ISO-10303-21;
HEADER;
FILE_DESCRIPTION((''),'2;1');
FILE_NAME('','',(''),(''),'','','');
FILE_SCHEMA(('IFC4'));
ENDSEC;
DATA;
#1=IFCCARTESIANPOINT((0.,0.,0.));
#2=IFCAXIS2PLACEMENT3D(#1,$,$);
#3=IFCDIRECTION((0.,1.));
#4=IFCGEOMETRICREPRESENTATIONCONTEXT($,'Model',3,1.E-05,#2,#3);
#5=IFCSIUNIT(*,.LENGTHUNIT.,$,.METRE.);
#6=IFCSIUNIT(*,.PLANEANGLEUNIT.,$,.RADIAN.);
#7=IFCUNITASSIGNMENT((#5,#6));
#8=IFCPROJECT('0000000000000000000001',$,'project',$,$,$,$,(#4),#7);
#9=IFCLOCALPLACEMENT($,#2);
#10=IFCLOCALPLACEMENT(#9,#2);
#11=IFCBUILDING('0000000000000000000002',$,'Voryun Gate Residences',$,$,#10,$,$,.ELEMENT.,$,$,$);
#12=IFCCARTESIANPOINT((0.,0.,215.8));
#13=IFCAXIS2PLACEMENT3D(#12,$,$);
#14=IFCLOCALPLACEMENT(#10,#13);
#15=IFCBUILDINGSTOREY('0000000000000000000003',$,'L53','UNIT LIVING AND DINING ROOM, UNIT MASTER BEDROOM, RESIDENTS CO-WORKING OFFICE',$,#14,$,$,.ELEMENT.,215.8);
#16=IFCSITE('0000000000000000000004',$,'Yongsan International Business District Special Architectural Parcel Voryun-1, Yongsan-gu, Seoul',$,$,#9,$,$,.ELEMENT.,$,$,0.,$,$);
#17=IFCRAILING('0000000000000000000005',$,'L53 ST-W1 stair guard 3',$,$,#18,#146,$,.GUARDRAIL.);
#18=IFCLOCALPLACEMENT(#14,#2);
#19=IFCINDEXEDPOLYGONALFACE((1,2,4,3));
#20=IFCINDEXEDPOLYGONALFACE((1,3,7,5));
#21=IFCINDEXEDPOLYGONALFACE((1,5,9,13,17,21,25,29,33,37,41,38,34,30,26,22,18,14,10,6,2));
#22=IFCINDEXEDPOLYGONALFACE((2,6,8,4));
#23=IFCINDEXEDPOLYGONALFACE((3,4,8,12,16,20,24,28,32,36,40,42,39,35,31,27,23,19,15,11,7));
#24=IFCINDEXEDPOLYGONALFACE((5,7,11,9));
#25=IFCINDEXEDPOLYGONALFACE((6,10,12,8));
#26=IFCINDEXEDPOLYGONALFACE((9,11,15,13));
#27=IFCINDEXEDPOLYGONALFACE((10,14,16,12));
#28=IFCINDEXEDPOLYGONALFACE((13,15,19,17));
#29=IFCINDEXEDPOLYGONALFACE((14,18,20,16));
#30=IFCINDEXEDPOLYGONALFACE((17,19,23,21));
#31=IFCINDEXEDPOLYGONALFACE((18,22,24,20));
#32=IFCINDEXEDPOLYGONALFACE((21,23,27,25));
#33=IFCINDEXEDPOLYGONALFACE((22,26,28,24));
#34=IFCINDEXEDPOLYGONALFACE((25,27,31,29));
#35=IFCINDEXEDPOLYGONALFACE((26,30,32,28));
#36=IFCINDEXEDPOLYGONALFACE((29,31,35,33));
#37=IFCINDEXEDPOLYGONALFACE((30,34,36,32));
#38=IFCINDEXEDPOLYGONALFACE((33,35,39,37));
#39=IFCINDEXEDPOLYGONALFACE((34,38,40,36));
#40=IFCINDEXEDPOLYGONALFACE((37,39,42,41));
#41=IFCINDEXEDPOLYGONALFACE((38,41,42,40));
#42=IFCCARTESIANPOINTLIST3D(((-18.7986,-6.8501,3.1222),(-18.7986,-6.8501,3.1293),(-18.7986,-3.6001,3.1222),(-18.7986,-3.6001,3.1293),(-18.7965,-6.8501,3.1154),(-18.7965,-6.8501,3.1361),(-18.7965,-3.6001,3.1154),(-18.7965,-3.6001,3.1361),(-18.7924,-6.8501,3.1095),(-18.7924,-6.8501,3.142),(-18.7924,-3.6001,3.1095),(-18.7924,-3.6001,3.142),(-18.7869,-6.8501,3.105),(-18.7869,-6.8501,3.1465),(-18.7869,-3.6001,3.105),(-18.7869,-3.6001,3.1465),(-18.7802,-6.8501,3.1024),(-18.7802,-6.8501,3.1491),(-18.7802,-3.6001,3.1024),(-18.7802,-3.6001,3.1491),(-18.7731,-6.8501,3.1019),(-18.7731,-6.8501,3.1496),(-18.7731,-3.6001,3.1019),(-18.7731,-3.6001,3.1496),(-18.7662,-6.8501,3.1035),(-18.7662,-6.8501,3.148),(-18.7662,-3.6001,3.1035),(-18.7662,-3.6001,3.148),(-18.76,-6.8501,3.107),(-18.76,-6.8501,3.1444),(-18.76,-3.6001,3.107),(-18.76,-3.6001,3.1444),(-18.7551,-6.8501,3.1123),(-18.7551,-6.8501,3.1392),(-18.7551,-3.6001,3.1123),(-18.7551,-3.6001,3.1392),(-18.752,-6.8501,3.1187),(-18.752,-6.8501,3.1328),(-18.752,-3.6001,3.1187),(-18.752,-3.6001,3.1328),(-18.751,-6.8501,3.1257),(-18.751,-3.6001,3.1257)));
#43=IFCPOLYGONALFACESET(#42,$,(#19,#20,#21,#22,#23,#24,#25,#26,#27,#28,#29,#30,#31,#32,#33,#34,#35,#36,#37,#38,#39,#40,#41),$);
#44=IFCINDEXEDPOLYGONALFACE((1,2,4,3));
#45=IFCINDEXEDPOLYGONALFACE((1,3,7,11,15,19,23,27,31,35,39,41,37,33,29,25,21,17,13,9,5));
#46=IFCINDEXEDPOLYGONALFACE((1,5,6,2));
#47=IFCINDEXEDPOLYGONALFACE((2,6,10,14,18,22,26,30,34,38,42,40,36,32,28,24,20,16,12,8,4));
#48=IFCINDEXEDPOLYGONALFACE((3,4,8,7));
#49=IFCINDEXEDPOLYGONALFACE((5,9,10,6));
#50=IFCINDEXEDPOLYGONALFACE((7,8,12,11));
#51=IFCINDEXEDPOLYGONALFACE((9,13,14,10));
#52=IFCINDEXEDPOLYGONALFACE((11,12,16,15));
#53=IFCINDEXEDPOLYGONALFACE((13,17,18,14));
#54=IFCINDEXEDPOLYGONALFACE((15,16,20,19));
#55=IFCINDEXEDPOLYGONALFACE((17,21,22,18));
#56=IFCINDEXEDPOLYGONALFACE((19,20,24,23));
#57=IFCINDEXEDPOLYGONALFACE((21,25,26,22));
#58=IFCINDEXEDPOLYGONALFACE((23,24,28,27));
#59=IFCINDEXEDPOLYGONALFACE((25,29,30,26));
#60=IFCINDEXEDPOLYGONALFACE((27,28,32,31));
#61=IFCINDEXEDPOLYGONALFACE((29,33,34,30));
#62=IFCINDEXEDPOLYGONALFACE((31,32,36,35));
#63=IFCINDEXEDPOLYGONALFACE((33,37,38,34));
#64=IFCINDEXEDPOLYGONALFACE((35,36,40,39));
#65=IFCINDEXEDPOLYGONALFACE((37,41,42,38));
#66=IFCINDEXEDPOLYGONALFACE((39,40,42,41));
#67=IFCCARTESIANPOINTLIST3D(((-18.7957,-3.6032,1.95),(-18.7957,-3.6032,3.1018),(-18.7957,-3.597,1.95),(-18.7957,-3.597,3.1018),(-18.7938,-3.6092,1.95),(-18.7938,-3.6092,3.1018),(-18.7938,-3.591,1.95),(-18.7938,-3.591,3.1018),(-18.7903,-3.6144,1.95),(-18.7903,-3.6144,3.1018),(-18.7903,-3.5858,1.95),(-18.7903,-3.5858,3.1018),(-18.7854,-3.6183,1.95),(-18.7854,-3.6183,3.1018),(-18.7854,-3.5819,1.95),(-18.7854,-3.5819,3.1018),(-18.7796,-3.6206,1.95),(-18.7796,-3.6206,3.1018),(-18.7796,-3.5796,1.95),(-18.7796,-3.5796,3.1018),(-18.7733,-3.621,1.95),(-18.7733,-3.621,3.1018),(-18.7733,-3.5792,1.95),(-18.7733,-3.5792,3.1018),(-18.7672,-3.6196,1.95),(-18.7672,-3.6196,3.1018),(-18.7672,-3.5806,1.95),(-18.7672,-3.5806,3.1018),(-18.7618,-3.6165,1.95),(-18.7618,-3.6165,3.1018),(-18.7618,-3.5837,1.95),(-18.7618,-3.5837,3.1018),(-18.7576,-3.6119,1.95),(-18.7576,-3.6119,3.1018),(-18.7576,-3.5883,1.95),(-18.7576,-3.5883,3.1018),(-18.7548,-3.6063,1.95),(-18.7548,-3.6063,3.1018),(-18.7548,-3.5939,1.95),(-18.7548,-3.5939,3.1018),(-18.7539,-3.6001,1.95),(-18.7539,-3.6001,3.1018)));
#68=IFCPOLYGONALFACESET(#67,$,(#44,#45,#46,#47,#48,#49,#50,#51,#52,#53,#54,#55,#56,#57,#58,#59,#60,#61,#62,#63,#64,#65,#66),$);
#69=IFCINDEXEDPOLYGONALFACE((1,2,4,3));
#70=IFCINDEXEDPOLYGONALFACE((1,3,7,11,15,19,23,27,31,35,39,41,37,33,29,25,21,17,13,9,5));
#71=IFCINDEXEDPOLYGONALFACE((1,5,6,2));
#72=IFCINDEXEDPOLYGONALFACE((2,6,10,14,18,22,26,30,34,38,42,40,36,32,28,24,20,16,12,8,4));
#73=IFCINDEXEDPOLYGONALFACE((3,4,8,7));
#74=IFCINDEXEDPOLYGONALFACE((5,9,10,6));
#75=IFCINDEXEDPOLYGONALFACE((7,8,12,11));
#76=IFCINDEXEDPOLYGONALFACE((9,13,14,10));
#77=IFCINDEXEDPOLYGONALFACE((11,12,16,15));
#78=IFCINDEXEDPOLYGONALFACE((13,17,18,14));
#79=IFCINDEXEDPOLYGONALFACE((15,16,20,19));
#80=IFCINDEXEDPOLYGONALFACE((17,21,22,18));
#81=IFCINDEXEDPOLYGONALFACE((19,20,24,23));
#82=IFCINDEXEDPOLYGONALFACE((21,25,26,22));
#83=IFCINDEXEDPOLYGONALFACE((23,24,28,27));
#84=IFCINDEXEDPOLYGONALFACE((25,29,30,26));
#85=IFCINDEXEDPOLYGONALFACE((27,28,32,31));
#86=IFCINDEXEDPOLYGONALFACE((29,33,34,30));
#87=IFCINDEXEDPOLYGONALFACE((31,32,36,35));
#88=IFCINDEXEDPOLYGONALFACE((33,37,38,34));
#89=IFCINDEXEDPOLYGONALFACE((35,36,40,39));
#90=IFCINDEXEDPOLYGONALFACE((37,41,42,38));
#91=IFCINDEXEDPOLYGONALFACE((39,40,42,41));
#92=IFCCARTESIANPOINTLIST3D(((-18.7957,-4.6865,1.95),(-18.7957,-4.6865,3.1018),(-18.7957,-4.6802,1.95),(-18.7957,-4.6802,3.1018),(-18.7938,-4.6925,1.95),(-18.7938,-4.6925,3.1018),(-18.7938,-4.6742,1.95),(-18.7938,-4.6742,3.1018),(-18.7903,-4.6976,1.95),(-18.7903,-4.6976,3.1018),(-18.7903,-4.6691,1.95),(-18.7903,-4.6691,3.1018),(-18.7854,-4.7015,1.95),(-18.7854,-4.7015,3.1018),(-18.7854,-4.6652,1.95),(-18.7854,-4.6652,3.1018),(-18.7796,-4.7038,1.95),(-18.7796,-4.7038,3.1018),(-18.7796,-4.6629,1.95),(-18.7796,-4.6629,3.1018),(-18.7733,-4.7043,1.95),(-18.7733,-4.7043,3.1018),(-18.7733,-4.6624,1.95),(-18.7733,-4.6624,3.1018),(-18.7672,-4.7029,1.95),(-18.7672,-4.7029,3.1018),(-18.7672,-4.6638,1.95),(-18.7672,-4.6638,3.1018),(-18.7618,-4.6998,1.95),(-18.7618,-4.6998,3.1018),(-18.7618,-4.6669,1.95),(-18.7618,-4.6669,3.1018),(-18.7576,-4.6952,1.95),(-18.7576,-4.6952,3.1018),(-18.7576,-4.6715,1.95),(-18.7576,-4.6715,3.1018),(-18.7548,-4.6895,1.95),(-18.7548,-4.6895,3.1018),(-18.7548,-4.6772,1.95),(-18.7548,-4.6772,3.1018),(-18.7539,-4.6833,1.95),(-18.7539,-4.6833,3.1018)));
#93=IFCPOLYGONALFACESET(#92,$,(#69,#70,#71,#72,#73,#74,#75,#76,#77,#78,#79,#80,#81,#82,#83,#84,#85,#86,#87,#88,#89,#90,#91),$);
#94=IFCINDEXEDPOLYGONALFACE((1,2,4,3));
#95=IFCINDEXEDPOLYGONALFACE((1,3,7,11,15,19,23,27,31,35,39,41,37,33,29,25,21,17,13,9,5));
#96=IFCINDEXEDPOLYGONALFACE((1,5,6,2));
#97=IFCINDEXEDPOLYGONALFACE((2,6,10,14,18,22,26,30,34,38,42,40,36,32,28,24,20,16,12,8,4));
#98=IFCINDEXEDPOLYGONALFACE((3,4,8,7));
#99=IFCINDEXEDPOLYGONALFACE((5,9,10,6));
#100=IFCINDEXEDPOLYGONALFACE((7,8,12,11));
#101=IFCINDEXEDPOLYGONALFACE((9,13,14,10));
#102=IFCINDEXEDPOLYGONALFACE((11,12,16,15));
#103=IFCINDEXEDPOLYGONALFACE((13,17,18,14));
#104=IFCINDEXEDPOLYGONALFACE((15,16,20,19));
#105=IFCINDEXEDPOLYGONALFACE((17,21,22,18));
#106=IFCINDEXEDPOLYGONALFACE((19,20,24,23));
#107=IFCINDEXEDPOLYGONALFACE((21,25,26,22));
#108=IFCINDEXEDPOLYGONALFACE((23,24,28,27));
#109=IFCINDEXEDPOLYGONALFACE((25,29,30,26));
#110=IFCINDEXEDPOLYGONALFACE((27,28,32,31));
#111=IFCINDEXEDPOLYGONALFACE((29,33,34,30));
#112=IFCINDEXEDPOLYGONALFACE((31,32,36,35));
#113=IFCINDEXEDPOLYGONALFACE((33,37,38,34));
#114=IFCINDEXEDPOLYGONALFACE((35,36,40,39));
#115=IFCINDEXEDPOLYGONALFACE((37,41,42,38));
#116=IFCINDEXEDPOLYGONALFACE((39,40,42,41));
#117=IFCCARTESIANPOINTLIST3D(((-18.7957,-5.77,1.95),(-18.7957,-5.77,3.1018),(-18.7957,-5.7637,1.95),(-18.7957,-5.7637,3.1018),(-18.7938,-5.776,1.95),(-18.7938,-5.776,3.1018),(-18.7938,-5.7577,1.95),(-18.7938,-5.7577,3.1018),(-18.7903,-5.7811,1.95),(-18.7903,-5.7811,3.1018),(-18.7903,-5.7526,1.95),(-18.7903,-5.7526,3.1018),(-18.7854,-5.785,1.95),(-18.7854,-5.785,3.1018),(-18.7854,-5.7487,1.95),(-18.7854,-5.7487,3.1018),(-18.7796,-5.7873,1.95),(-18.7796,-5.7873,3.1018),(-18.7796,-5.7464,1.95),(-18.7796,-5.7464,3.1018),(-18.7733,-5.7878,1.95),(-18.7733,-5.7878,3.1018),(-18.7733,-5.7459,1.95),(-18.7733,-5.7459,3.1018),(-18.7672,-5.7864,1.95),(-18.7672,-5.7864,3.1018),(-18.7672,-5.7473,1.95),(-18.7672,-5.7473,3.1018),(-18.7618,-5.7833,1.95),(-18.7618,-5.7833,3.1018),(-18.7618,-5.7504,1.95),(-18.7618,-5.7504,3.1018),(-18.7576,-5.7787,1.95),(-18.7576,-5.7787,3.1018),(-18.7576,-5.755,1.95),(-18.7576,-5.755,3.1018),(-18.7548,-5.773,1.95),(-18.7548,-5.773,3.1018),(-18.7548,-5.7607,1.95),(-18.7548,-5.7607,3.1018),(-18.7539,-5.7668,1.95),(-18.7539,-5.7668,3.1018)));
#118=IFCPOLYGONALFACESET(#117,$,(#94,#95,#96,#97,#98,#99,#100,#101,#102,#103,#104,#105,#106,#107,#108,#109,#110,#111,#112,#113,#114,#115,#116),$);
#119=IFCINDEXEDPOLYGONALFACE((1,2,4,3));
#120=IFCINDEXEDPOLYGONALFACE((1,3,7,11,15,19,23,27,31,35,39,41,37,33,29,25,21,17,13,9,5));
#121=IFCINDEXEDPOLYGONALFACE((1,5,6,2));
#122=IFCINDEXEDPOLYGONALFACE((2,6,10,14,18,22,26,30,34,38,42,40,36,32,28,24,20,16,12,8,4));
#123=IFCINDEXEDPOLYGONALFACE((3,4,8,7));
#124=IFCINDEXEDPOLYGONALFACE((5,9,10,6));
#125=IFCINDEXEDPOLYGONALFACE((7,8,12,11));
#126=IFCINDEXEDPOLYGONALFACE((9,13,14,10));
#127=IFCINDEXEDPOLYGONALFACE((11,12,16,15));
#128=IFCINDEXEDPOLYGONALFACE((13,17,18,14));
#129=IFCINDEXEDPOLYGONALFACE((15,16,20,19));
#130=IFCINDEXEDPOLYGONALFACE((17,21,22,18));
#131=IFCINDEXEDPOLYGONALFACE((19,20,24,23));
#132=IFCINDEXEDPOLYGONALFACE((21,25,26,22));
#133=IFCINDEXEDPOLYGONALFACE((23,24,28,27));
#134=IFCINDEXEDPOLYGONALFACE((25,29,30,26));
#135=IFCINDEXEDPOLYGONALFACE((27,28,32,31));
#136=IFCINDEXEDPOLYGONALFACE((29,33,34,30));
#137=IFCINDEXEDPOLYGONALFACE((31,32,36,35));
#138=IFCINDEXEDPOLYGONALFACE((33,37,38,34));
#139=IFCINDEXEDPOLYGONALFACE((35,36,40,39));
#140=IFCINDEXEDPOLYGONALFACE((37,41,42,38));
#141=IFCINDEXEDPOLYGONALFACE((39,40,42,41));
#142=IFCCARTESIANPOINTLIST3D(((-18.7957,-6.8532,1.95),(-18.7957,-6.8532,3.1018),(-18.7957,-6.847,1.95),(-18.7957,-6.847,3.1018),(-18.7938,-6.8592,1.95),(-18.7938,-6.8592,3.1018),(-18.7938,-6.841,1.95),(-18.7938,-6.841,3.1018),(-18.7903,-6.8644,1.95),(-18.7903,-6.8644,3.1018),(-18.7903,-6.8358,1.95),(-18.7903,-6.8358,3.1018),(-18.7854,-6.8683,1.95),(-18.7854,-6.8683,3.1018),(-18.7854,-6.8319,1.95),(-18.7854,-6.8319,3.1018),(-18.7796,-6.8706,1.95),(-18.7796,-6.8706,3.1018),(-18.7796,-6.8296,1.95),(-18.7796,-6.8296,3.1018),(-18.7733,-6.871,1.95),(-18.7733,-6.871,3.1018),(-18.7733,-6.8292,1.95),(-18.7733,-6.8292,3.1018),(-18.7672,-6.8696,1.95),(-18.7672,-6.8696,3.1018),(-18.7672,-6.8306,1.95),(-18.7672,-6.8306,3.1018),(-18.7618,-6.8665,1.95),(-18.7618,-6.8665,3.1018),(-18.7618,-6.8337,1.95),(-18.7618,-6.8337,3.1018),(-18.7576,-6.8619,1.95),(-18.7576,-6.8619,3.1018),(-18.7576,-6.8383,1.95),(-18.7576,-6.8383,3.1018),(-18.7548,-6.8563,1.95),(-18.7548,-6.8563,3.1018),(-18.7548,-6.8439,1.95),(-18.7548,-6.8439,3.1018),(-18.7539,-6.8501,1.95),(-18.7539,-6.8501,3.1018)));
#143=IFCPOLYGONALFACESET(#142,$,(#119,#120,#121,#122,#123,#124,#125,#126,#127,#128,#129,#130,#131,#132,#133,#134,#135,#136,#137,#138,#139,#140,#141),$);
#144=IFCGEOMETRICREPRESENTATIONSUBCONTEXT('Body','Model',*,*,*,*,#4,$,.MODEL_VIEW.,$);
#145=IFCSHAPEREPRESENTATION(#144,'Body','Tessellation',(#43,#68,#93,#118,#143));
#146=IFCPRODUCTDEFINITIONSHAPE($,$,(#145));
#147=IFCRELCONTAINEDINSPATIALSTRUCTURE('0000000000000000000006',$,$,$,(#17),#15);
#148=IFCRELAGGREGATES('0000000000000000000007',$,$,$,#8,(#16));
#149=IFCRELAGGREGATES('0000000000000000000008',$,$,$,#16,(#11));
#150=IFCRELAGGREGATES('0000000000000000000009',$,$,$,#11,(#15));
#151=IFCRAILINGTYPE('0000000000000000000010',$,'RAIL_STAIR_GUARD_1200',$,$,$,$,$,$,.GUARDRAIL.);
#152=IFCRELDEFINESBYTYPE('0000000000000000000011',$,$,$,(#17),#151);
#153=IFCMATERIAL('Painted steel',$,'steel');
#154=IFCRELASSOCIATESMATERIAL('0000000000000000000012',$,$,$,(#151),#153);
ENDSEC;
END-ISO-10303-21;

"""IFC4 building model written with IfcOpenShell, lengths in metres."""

from ifc_helpers import new_model, si_unit, direction, frame, origin, origin_2d, place, context, subcontext, project, spatial, circle, extrude, material, type_object, element, save


model = new_model("IFC4")

# Units and contexts
model_context = context("Model", 3, precision=1e-05, world=origin(), true_north=direction((0.0, 1.0)))
body_context = subcontext(model_context, "Body", "Model", "MODEL_VIEW")
ifc_project = project(units=[si_unit("LENGTHUNIT", "METRE"), si_unit("PLANEANGLEUNIT", "RADIAN")], contexts=[model_context])

# Site, building, storey
site_placement = place(None, origin())
site = spatial("IfcSite", under=ifc_project, at=site_placement, Name="Yongsan International Business District Special Architectural Parcel Voryun-1, Yongsan-gu, Seoul", CompositionType="ELEMENT", RefElevation=0.0)
building_placement = place(site_placement, origin())
building = spatial("IfcBuilding", under=site, at=building_placement, Name="Voryun Gate Residences", CompositionType="ELEMENT")
storey_placement = place(building_placement, frame((0.0, 0.0, 215.8)))
storey = spatial("IfcBuildingStorey", under=building, at=storey_placement, Name="L53", Description="UNIT LIVING AND DINING ROOM, UNIT MASTER BEDROOM, RESIDENTS CO-WORKING OFFICE", CompositionType="ELEMENT", Elevation=215.8)

# Railing
ifc_material_1 = material(Name="Painted steel", Category="steel")
railing_type_1 = type_object("IfcRailingType", Name="RAIL_STAIR_GUARD_1200", PredefinedType="GUARDRAIL", material=ifc_material_1)
railing_1_placement = place(storey_placement, frame((-18.7749, -3.6001, 1.95)))
element("IfcRailing", 1, at=railing_1_placement, inside=storey, type_object=railing_type_1, Name="L53 ST-W1 stair guard 3", PredefinedType="GUARDRAIL", context=body_context, shape_type="SweptSolid", body=[
    extrude(circle(Radius=0.0239, at=origin_2d()), frame((0.0, 0.0, 1.1758), z_axis=(0.0, -1.0, 0.0), x_axis=(1.0, 0.0, 0.0)), (0.0, 0.0, 1.0), 3.25),
    extrude(circle(Radius=0.021, at=origin_2d()), origin(), (0.0, 0.0, 1.0), 1.1519),
    extrude(circle(Radius=0.021, at=origin_2d()), frame((0.0, -1.0833, 0.0)), (0.0, 0.0, 1.0), 1.1519),
    extrude(circle(Radius=0.021, at=origin_2d()), frame((0.0, -2.1667, 0.0)), (0.0, 0.0, 1.0), 1.1519),
    extrude(circle(Radius=0.021, at=origin_2d()), frame((0.0, -3.25, 0.0)), (0.0, 0.0, 1.0), 1.1519),
])

save(model, "model.ifc")
